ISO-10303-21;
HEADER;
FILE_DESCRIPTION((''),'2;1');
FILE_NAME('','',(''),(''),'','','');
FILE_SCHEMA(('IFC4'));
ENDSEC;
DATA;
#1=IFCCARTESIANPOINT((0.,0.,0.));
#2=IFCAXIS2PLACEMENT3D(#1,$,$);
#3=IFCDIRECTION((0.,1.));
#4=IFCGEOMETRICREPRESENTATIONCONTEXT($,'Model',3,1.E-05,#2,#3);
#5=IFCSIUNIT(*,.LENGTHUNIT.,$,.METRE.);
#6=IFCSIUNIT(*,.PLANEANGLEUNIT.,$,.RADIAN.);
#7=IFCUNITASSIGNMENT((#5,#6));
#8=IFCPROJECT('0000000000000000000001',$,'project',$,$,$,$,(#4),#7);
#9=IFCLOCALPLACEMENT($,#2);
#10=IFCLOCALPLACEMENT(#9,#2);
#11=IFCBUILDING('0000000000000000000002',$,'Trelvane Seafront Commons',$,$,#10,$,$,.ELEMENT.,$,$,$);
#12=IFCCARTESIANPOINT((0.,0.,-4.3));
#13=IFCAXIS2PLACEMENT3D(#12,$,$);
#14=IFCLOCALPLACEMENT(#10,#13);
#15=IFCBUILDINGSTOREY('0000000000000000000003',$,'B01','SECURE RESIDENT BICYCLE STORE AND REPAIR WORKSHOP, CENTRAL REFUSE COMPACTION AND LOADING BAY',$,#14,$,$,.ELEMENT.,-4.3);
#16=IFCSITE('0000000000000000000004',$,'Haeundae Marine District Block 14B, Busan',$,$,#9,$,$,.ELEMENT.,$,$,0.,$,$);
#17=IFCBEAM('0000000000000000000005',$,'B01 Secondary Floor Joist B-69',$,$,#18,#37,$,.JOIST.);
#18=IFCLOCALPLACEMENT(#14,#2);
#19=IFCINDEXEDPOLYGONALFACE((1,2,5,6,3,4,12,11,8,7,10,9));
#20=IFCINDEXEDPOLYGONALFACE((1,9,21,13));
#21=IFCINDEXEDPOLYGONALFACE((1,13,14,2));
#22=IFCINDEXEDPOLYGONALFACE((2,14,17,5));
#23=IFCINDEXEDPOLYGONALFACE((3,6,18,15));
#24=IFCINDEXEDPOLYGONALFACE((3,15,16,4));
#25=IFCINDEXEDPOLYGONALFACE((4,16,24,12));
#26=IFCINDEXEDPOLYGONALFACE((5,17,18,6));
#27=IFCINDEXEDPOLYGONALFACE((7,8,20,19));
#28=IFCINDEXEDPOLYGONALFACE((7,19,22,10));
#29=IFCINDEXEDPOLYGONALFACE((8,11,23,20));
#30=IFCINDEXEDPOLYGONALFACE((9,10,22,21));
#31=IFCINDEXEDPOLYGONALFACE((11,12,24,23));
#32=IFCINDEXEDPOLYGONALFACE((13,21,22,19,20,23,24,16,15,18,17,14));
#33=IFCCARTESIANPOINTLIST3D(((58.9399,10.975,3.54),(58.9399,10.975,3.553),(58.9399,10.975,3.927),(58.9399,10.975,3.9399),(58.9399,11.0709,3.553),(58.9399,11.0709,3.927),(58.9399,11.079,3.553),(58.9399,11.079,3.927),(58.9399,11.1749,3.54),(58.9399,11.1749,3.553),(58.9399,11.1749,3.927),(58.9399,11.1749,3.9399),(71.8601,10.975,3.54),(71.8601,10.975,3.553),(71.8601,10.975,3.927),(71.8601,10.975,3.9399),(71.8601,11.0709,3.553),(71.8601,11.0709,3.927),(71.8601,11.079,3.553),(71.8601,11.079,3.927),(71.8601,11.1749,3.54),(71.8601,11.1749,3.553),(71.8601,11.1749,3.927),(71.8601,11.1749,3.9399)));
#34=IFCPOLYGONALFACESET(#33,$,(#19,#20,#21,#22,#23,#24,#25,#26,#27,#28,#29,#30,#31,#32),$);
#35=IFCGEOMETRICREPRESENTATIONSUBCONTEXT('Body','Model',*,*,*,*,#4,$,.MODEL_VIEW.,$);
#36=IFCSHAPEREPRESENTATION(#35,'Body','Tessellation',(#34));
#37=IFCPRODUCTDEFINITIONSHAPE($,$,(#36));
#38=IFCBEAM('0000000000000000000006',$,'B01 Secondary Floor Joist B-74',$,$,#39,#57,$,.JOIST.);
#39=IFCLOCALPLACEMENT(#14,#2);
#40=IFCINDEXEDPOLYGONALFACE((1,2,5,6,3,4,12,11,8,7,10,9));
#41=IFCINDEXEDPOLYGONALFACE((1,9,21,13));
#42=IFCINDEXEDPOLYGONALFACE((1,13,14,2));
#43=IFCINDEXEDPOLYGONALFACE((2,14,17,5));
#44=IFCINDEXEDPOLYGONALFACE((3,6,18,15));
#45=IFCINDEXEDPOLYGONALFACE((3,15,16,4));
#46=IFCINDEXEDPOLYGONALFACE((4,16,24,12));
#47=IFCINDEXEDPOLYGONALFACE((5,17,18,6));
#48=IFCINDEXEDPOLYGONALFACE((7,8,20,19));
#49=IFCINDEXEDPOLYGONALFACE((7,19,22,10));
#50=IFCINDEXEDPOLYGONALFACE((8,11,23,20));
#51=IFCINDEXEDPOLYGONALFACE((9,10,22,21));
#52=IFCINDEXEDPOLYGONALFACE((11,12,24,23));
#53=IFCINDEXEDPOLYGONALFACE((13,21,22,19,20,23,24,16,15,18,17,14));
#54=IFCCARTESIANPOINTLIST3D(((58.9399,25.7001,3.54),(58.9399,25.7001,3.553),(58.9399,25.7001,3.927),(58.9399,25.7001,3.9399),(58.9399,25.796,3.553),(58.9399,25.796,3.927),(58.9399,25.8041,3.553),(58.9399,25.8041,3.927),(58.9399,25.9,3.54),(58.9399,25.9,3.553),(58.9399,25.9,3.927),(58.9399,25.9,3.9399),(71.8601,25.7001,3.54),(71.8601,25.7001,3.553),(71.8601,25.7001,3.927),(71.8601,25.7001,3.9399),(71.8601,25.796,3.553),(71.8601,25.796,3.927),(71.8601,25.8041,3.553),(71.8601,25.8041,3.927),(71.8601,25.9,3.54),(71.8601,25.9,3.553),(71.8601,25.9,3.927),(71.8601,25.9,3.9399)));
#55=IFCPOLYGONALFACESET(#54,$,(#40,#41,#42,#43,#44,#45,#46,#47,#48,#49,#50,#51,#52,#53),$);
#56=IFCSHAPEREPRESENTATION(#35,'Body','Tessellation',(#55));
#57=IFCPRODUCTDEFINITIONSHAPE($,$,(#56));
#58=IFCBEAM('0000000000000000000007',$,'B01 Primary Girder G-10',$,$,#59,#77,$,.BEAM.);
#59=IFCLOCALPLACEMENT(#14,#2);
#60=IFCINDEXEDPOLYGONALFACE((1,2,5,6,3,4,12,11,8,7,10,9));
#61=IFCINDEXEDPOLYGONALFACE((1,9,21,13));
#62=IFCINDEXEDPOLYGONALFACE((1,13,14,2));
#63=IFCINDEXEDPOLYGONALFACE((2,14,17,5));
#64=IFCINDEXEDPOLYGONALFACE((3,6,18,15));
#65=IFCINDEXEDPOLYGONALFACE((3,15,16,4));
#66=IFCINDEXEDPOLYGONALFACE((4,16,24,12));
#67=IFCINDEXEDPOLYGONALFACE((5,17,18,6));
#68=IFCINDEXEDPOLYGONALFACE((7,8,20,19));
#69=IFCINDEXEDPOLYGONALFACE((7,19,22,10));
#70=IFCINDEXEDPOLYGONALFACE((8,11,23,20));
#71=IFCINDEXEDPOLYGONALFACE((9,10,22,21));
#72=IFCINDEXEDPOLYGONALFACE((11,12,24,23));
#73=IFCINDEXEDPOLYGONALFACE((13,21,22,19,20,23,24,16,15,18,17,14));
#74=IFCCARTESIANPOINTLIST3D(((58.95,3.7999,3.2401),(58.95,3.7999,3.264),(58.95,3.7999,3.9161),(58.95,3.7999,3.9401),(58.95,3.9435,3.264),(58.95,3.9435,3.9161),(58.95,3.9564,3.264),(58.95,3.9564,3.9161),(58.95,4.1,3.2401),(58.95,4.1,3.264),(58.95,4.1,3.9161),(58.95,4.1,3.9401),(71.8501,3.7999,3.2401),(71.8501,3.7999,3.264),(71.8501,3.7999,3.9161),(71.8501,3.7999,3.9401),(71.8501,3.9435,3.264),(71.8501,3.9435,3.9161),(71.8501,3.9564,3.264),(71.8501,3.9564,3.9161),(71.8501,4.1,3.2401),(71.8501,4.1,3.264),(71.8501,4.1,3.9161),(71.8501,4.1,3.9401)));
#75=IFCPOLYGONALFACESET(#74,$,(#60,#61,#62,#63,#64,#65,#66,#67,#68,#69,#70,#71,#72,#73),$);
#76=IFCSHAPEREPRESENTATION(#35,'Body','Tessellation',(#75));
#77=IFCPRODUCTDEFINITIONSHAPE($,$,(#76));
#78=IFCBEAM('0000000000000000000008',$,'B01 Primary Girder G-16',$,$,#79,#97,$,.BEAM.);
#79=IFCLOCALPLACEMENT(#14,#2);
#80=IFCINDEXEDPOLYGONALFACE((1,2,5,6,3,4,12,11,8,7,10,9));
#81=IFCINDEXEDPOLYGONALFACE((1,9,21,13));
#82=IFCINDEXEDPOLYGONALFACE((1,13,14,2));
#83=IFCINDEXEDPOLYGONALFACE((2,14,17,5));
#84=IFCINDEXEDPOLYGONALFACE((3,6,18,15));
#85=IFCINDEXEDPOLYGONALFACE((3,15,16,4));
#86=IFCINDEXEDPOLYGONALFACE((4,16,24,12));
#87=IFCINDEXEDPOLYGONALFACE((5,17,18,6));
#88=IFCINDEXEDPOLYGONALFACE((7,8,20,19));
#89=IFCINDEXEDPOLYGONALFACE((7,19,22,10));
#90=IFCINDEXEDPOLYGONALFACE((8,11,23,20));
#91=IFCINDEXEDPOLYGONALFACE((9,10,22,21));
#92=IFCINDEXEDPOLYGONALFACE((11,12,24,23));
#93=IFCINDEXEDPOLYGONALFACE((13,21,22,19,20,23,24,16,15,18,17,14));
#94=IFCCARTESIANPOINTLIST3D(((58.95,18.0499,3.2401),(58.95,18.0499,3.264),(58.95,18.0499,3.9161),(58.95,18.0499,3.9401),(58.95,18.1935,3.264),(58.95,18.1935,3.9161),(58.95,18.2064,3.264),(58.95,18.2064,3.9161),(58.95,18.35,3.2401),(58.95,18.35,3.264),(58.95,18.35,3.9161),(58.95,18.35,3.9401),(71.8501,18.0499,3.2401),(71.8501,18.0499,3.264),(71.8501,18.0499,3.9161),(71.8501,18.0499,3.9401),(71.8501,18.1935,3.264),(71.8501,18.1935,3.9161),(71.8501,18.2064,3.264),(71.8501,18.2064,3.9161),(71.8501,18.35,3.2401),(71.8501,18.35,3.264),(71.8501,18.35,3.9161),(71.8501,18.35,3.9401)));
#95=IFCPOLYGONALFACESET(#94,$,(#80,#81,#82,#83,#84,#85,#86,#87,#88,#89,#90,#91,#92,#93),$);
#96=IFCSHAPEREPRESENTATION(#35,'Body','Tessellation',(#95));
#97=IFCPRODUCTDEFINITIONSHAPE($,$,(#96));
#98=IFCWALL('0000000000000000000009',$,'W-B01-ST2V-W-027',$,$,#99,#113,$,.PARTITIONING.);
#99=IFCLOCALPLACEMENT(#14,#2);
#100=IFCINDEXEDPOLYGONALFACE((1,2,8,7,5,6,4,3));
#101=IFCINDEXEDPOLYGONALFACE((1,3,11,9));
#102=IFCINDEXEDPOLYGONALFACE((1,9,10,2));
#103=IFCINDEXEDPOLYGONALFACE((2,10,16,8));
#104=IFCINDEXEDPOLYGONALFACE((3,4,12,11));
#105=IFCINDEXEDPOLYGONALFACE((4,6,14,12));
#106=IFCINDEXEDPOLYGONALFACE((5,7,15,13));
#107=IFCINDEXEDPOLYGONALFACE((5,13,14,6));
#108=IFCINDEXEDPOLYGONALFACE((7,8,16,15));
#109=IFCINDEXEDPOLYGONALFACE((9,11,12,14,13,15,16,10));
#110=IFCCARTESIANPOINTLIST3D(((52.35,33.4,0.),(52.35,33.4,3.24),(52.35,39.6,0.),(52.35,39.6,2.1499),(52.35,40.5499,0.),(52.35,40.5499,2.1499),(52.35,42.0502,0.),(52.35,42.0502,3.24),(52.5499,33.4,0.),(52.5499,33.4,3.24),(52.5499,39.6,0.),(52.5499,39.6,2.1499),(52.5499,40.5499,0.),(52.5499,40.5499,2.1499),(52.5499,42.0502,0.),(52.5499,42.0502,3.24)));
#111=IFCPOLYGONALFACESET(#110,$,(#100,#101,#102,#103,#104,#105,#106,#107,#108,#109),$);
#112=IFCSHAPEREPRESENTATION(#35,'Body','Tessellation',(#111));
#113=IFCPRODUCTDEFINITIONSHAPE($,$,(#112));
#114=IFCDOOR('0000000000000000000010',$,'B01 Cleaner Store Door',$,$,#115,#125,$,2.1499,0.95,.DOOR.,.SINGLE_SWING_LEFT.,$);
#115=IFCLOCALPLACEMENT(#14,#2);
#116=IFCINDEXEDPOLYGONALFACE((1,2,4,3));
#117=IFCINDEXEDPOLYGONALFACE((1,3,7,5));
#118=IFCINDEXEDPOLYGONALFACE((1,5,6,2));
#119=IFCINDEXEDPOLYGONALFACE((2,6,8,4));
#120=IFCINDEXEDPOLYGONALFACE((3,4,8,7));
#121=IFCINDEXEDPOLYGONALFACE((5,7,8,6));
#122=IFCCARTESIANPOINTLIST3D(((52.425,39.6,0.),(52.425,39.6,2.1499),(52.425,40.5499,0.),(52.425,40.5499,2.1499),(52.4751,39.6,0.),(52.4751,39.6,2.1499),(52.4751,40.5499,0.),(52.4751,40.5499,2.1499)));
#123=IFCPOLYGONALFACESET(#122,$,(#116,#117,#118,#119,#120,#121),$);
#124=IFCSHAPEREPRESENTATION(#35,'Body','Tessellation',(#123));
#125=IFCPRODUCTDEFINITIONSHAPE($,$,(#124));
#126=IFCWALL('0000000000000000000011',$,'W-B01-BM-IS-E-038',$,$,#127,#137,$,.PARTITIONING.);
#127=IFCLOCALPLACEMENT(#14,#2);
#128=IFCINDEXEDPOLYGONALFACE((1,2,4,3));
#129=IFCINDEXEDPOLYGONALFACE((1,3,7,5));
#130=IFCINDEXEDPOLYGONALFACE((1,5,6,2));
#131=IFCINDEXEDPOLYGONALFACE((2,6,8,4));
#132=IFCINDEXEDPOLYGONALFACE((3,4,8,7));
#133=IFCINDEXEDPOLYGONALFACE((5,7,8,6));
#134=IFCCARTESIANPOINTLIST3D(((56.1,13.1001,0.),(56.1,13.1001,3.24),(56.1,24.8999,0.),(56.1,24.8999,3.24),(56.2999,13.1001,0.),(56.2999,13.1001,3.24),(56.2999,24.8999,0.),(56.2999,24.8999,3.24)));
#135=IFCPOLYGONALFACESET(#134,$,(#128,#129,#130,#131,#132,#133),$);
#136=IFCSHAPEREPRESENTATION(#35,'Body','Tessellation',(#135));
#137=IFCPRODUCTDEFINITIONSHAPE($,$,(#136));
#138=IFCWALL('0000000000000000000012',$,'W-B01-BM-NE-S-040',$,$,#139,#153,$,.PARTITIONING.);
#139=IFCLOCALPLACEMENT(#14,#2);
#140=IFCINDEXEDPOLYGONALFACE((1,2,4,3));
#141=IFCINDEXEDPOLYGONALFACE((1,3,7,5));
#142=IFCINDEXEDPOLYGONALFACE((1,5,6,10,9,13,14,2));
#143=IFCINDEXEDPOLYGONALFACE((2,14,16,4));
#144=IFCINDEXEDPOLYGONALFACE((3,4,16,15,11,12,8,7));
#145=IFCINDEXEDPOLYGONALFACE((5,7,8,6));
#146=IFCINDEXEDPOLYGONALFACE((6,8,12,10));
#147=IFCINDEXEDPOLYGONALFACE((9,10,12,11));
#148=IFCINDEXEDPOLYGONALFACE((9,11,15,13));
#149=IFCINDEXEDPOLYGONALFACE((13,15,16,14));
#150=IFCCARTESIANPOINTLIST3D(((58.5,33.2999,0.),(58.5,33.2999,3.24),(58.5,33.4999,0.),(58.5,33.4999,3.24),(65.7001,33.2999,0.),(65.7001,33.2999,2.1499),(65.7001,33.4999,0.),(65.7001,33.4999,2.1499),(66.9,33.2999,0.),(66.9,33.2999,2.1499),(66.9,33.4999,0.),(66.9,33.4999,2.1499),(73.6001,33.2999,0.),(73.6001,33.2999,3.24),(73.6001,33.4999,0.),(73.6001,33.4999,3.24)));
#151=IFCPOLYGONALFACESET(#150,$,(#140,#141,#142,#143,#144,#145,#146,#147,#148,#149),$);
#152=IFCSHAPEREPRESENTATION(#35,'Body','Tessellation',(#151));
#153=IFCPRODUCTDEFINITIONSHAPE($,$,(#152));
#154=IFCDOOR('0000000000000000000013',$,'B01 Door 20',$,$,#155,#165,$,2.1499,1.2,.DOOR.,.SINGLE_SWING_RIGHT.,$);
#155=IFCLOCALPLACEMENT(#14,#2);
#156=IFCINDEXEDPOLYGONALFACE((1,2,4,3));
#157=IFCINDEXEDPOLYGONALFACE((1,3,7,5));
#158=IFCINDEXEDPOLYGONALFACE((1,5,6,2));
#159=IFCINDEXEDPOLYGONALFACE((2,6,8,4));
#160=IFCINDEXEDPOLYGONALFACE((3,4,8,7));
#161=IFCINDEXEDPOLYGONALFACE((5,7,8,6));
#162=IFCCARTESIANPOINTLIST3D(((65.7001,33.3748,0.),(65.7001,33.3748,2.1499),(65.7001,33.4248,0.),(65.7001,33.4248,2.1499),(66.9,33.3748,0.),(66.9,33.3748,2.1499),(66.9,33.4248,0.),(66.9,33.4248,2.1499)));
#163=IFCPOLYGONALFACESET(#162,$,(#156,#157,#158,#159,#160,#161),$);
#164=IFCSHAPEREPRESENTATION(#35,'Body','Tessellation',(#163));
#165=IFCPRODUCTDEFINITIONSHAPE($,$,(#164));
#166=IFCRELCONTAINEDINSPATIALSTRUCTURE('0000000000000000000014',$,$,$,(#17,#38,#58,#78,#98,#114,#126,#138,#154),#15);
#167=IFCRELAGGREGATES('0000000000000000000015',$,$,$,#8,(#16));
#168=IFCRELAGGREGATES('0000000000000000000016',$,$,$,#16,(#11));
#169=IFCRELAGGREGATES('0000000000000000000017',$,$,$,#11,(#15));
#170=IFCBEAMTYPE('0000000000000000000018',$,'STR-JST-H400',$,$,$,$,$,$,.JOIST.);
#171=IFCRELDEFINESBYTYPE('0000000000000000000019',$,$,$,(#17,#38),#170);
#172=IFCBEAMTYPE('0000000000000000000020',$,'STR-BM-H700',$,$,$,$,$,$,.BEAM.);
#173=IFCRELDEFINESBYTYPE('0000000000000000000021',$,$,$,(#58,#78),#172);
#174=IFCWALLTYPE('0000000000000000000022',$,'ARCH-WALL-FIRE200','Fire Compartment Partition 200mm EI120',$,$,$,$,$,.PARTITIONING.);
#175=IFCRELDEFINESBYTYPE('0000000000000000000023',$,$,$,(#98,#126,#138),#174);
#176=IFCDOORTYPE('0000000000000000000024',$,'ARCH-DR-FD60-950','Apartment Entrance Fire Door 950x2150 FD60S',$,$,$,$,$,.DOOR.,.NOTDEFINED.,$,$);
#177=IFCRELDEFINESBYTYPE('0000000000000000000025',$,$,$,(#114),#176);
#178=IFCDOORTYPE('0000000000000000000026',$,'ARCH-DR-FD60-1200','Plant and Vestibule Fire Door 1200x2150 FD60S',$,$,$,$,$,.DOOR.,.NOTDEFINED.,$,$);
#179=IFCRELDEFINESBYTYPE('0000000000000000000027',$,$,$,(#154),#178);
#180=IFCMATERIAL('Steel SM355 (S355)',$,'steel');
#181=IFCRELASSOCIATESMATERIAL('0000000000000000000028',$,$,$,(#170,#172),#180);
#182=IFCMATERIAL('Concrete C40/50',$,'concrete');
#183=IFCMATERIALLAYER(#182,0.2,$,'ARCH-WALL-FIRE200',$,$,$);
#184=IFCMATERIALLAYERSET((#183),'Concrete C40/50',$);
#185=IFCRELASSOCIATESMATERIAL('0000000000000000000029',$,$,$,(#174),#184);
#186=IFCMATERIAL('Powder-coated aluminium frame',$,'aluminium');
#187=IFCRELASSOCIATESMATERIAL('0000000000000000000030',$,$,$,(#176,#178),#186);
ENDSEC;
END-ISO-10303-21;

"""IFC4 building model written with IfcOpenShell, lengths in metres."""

from ifc_helpers import new_model, si_unit, direction, frame, frame_2d, origin, origin_2d, place, context, subcontext, project, spatial, rectangle, i_section, extrude, source, transform, mapped, material, layer, layer_set, material_profile, profile_set, type_object, element, fill, save


model = new_model("IFC4")

# Units and contexts
model_context = context("Model", 3, precision=1e-05, world=origin(), true_north=direction((0.0, 1.0)))
body_context = subcontext(model_context, "Body", "Model", "MODEL_VIEW")
ifc_project = project(units=[si_unit("LENGTHUNIT", "METRE"), si_unit("PLANEANGLEUNIT", "RADIAN")], contexts=[model_context])

# Site, building, storey
site_placement = place(None, origin())
site = spatial("IfcSite", under=ifc_project, at=site_placement, Name="Haeundae Marine District Block 14B, Busan", CompositionType="ELEMENT", RefElevation=0.0)
building_placement = place(site_placement, origin())
building = spatial("IfcBuilding", under=site, at=building_placement, Name="Trelvane Seafront Commons", CompositionType="ELEMENT")
storey_placement = place(building_placement, frame((0.0, 0.0, -4.3)))
storey = spatial("IfcBuildingStorey", under=building, at=storey_placement, Name="B01", Description="SECURE RESIDENT BICYCLE STORE AND REPAIR WORKSHOP, CENTRAL REFUSE COMPACTION AND LOADING BAY", CompositionType="ELEMENT", Elevation=-4.3)

# Beams
ifc_material_1 = material(Name="Steel SM355 (S355)", Category="steel")
ifc_material_profile_1 = material_profile(ifc_material_1, i_section(OverallWidth=0.2, OverallDepth=0.3999, WebThickness=0.0081, FlangeThickness=0.0129, at=origin_2d()), Name="H-400x200x8x13")
ifc_profile_set_1 = profile_set([ifc_material_profile_1], Name="Steel SM355 (S355)")
beam_type_1 = type_object("IfcBeamType", Name="STR-JST-H400", PredefinedType="JOIST", material=ifc_profile_set_1)
shared_shape_1 = source(origin(), body_context, "Body", "SweptSolid", [
    extrude(i_section(OverallWidth=0.2, OverallDepth=0.3999, WebThickness=0.0081, FlangeThickness=0.0129, at=origin_2d()), origin(), (0.0, 0.0, 1.0), 12.9202),
])
for number, where, z_axis, x_axis, name in (
    (1, (58.9399, 11.075, 3.74), (1.0, 0.0, 0.0), (0.0, 1.0, 0.0), "B01 Secondary Floor Joist B-69"),
    (2, (58.9399, 25.8, 3.74), (1.0, 0.0, 0.0), (0.0, 1.0, 0.0), "B01 Secondary Floor Joist B-74"),
):
    element("IfcBeam", number, at=place(storey_placement, frame(where, z_axis=z_axis, x_axis=x_axis)), inside=storey, type_object=beam_type_1, Name=name, PredefinedType="JOIST", context=body_context, shape_type="MappedRepresentation", body=[
        mapped(shared_shape_1, transform((0.0, 0.0, 0.0), x_axis=(1.0, 0.0, 0.0), y_axis=(0.0, 1.0, 0.0), z_axis=(0.0, 0.0, 1.0), scale=1.0)),
    ])
ifc_material_profile_2 = material_profile(ifc_material_1, i_section(OverallWidth=0.3, OverallDepth=0.7, WebThickness=0.0129, FlangeThickness=0.0239, at=origin_2d()), Name="H-700x300x13x24")
ifc_profile_set_2 = profile_set([ifc_material_profile_2], Name="Steel SM355 (S355)")
beam_type_2 = type_object("IfcBeamType", Name="STR-BM-H700", PredefinedType="BEAM", material=ifc_profile_set_2)
shared_shape_2 = source(origin(), body_context, "Body", "SweptSolid", [
    extrude(i_section(OverallWidth=0.3, OverallDepth=0.7, WebThickness=0.0129, FlangeThickness=0.0239, at=origin_2d()), origin(), (0.0, 0.0, 1.0), 12.9001),
])
for number, where, z_axis, x_axis, name in (
    (3, (58.95, 3.95, 3.5901), (1.0, 0.0, 0.0), (0.0, 1.0, 0.0), "B01 Primary Girder G-10"),
    (4, (58.95, 18.2, 3.5901), (1.0, 0.0, 0.0), (0.0, 1.0, 0.0), "B01 Primary Girder G-16"),
):
    element("IfcBeam", number, at=place(storey_placement, frame(where, z_axis=z_axis, x_axis=x_axis)), inside=storey, type_object=beam_type_2, Name=name, PredefinedType="BEAM", context=body_context, shape_type="MappedRepresentation", body=[
        mapped(shared_shape_2, transform((0.0, 0.0, 0.0), x_axis=(1.0, 0.0, 0.0), y_axis=(0.0, 1.0, 0.0), z_axis=(0.0, 0.0, 1.0), scale=1.0)),
    ])

# Wall, opening, door
ifc_material_2 = material(Name="Concrete C40/50", Category="concrete")
ifc_layer_1 = layer(ifc_material_2, 0.2, Name="ARCH-WALL-FIRE200")
ifc_layer_set_1 = layer_set([ifc_layer_1], Name="Concrete C40/50")
wall_type_1 = type_object("IfcWallType", Name="ARCH-WALL-FIRE200", Description="Fire Compartment Partition 200mm EI120", PredefinedType="PARTITIONING", material=ifc_layer_set_1)
wall_1_placement = place(storey_placement, frame((52.45, 33.3999, 0.0), z_axis=(0.0, 0.0, 1.0), x_axis=(0.0, 1.0, 0.0)))
wall_1 = element("IfcWall", 5, at=wall_1_placement, inside=storey, type_object=wall_type_1, Name="W-B01-ST2V-W-027", PredefinedType="PARTITIONING", context=body_context, shape_type="SweptSolid", body=[
    extrude(rectangle(XDim=8.6501, YDim=0.2, at=frame_2d((4.3252, 0.0))), origin(), (0.0, 0.0, 1.0), 3.24),
])
opening_1_placement = place(wall_1_placement, frame((6.2, 0.0, 0.0)))
opening_1 = element("IfcOpeningElement", 6, at=opening_1_placement, cuts=wall_1, PredefinedType="OPENING", context=body_context, shape_type="SweptSolid", body=[
    extrude(rectangle(XDim=0.95, YDim=2.1499, at=frame_2d((0.4751, 1.075))), frame((0.0, 0.1099, 0.0), z_axis=(0.0, -1.0, 0.0), x_axis=(1.0, 0.0, 0.0)), (0.0, 0.0, 1.0), 0.22),
])
ifc_material_3 = material(Name="Powder-coated aluminium frame", Category="aluminium")
door_type_1 = type_object("IfcDoorType", Name="ARCH-DR-FD60-950", Description="Apartment Entrance Fire Door 950x2150 FD60S", OperationType="NOTDEFINED", PredefinedType="DOOR", material=ifc_material_3)
shared_shape_3 = source(origin(), body_context, "Body", "SweptSolid", [
    extrude(rectangle(XDim=0.95, YDim=2.1499, at=frame_2d((0.4751, 1.075))), frame((0.0, 0.0249, 0.0), z_axis=(0.0, -1.0, 0.0), x_axis=(1.0, 0.0, 0.0)), (0.0, 0.0, 1.0), 0.05),
])
door_1_placement = place(opening_1_placement, origin())
door_1 = element("IfcDoor", 7, at=door_1_placement, inside=storey, type_object=door_type_1, Name="B01 Cleaner Store Door", OperationType="SINGLE_SWING_LEFT", OverallHeight=2.1499, OverallWidth=0.95, PredefinedType="DOOR", context=body_context, shape_type="MappedRepresentation", body=[
    mapped(shared_shape_3, transform((0.0, 0.0, 0.0), x_axis=(1.0, 0.0, 0.0), y_axis=(0.0, 1.0, 0.0), z_axis=(0.0, 0.0, 1.0), scale=1.0)),
])
fill(opening_1, door_1)

# Wall
wall_2_placement = place(storey_placement, frame((56.2, 13.1001, 0.0), z_axis=(0.0, 0.0, 1.0), x_axis=(0.0, 1.0, 0.0)))
element("IfcWall", 8, at=wall_2_placement, inside=storey, type_object=wall_type_1, Name="W-B01-BM-IS-E-038", PredefinedType="PARTITIONING", context=body_context, shape_type="SweptSolid", body=[
    extrude(rectangle(XDim=11.7998, YDim=0.2, at=frame_2d((5.8999, 0.0))), origin(), (0.0, 0.0, 1.0), 3.24),
])

# Wall, opening, door
wall_3_placement = place(storey_placement, frame((58.5, 33.3999, 0.0), z_axis=(0.0, 0.0, 1.0), x_axis=(1.0, 0.0, 0.0)))
wall_3 = element("IfcWall", 9, at=wall_3_placement, inside=storey, type_object=wall_type_1, Name="W-B01-BM-NE-S-040", PredefinedType="PARTITIONING", context=body_context, shape_type="SweptSolid", body=[
    extrude(rectangle(XDim=15.1001, YDim=0.2, at=frame_2d((7.55, 0.0))), origin(), (0.0, 0.0, 1.0), 3.24),
])
opening_2_placement = place(wall_3_placement, frame((7.2, 0.0, 0.0)))
opening_2 = element("IfcOpeningElement", 10, at=opening_2_placement, cuts=wall_3, PredefinedType="OPENING", context=body_context, shape_type="SweptSolid", body=[
    extrude(rectangle(XDim=1.2, YDim=2.1499, at=frame_2d((0.6001, 1.075))), frame((0.0, 0.1099, 0.0), z_axis=(0.0, -1.0, 0.0), x_axis=(1.0, 0.0, 0.0)), (0.0, 0.0, 1.0), 0.22),
])
door_type_2 = type_object("IfcDoorType", Name="ARCH-DR-FD60-1200", Description="Plant and Vestibule Fire Door 1200x2150 FD60S", OperationType="NOTDEFINED", PredefinedType="DOOR", material=ifc_material_3)
shared_shape_4 = source(origin(), body_context, "Body", "SweptSolid", [
    extrude(rectangle(XDim=1.2, YDim=2.1499, at=frame_2d((0.6001, 1.075))), frame((0.0, 0.0249, 0.0), z_axis=(0.0, -1.0, 0.0), x_axis=(1.0, 0.0, 0.0)), (0.0, 0.0, 1.0), 0.05),
])
door_2_placement = place(opening_2_placement, origin())
door_2 = element("IfcDoor", 11, at=door_2_placement, inside=storey, type_object=door_type_2, Name="B01 Door 20", OperationType="SINGLE_SWING_RIGHT", OverallHeight=2.1499, OverallWidth=1.2, PredefinedType="DOOR", context=body_context, shape_type="MappedRepresentation", body=[
    mapped(shared_shape_4, transform((0.0, 0.0, 0.0), x_axis=(1.0, 0.0, 0.0), y_axis=(0.0, 1.0, 0.0), z_axis=(0.0, 0.0, 1.0), scale=1.0)),
])
fill(opening_2, door_2)

save(model, "model.ifc")
